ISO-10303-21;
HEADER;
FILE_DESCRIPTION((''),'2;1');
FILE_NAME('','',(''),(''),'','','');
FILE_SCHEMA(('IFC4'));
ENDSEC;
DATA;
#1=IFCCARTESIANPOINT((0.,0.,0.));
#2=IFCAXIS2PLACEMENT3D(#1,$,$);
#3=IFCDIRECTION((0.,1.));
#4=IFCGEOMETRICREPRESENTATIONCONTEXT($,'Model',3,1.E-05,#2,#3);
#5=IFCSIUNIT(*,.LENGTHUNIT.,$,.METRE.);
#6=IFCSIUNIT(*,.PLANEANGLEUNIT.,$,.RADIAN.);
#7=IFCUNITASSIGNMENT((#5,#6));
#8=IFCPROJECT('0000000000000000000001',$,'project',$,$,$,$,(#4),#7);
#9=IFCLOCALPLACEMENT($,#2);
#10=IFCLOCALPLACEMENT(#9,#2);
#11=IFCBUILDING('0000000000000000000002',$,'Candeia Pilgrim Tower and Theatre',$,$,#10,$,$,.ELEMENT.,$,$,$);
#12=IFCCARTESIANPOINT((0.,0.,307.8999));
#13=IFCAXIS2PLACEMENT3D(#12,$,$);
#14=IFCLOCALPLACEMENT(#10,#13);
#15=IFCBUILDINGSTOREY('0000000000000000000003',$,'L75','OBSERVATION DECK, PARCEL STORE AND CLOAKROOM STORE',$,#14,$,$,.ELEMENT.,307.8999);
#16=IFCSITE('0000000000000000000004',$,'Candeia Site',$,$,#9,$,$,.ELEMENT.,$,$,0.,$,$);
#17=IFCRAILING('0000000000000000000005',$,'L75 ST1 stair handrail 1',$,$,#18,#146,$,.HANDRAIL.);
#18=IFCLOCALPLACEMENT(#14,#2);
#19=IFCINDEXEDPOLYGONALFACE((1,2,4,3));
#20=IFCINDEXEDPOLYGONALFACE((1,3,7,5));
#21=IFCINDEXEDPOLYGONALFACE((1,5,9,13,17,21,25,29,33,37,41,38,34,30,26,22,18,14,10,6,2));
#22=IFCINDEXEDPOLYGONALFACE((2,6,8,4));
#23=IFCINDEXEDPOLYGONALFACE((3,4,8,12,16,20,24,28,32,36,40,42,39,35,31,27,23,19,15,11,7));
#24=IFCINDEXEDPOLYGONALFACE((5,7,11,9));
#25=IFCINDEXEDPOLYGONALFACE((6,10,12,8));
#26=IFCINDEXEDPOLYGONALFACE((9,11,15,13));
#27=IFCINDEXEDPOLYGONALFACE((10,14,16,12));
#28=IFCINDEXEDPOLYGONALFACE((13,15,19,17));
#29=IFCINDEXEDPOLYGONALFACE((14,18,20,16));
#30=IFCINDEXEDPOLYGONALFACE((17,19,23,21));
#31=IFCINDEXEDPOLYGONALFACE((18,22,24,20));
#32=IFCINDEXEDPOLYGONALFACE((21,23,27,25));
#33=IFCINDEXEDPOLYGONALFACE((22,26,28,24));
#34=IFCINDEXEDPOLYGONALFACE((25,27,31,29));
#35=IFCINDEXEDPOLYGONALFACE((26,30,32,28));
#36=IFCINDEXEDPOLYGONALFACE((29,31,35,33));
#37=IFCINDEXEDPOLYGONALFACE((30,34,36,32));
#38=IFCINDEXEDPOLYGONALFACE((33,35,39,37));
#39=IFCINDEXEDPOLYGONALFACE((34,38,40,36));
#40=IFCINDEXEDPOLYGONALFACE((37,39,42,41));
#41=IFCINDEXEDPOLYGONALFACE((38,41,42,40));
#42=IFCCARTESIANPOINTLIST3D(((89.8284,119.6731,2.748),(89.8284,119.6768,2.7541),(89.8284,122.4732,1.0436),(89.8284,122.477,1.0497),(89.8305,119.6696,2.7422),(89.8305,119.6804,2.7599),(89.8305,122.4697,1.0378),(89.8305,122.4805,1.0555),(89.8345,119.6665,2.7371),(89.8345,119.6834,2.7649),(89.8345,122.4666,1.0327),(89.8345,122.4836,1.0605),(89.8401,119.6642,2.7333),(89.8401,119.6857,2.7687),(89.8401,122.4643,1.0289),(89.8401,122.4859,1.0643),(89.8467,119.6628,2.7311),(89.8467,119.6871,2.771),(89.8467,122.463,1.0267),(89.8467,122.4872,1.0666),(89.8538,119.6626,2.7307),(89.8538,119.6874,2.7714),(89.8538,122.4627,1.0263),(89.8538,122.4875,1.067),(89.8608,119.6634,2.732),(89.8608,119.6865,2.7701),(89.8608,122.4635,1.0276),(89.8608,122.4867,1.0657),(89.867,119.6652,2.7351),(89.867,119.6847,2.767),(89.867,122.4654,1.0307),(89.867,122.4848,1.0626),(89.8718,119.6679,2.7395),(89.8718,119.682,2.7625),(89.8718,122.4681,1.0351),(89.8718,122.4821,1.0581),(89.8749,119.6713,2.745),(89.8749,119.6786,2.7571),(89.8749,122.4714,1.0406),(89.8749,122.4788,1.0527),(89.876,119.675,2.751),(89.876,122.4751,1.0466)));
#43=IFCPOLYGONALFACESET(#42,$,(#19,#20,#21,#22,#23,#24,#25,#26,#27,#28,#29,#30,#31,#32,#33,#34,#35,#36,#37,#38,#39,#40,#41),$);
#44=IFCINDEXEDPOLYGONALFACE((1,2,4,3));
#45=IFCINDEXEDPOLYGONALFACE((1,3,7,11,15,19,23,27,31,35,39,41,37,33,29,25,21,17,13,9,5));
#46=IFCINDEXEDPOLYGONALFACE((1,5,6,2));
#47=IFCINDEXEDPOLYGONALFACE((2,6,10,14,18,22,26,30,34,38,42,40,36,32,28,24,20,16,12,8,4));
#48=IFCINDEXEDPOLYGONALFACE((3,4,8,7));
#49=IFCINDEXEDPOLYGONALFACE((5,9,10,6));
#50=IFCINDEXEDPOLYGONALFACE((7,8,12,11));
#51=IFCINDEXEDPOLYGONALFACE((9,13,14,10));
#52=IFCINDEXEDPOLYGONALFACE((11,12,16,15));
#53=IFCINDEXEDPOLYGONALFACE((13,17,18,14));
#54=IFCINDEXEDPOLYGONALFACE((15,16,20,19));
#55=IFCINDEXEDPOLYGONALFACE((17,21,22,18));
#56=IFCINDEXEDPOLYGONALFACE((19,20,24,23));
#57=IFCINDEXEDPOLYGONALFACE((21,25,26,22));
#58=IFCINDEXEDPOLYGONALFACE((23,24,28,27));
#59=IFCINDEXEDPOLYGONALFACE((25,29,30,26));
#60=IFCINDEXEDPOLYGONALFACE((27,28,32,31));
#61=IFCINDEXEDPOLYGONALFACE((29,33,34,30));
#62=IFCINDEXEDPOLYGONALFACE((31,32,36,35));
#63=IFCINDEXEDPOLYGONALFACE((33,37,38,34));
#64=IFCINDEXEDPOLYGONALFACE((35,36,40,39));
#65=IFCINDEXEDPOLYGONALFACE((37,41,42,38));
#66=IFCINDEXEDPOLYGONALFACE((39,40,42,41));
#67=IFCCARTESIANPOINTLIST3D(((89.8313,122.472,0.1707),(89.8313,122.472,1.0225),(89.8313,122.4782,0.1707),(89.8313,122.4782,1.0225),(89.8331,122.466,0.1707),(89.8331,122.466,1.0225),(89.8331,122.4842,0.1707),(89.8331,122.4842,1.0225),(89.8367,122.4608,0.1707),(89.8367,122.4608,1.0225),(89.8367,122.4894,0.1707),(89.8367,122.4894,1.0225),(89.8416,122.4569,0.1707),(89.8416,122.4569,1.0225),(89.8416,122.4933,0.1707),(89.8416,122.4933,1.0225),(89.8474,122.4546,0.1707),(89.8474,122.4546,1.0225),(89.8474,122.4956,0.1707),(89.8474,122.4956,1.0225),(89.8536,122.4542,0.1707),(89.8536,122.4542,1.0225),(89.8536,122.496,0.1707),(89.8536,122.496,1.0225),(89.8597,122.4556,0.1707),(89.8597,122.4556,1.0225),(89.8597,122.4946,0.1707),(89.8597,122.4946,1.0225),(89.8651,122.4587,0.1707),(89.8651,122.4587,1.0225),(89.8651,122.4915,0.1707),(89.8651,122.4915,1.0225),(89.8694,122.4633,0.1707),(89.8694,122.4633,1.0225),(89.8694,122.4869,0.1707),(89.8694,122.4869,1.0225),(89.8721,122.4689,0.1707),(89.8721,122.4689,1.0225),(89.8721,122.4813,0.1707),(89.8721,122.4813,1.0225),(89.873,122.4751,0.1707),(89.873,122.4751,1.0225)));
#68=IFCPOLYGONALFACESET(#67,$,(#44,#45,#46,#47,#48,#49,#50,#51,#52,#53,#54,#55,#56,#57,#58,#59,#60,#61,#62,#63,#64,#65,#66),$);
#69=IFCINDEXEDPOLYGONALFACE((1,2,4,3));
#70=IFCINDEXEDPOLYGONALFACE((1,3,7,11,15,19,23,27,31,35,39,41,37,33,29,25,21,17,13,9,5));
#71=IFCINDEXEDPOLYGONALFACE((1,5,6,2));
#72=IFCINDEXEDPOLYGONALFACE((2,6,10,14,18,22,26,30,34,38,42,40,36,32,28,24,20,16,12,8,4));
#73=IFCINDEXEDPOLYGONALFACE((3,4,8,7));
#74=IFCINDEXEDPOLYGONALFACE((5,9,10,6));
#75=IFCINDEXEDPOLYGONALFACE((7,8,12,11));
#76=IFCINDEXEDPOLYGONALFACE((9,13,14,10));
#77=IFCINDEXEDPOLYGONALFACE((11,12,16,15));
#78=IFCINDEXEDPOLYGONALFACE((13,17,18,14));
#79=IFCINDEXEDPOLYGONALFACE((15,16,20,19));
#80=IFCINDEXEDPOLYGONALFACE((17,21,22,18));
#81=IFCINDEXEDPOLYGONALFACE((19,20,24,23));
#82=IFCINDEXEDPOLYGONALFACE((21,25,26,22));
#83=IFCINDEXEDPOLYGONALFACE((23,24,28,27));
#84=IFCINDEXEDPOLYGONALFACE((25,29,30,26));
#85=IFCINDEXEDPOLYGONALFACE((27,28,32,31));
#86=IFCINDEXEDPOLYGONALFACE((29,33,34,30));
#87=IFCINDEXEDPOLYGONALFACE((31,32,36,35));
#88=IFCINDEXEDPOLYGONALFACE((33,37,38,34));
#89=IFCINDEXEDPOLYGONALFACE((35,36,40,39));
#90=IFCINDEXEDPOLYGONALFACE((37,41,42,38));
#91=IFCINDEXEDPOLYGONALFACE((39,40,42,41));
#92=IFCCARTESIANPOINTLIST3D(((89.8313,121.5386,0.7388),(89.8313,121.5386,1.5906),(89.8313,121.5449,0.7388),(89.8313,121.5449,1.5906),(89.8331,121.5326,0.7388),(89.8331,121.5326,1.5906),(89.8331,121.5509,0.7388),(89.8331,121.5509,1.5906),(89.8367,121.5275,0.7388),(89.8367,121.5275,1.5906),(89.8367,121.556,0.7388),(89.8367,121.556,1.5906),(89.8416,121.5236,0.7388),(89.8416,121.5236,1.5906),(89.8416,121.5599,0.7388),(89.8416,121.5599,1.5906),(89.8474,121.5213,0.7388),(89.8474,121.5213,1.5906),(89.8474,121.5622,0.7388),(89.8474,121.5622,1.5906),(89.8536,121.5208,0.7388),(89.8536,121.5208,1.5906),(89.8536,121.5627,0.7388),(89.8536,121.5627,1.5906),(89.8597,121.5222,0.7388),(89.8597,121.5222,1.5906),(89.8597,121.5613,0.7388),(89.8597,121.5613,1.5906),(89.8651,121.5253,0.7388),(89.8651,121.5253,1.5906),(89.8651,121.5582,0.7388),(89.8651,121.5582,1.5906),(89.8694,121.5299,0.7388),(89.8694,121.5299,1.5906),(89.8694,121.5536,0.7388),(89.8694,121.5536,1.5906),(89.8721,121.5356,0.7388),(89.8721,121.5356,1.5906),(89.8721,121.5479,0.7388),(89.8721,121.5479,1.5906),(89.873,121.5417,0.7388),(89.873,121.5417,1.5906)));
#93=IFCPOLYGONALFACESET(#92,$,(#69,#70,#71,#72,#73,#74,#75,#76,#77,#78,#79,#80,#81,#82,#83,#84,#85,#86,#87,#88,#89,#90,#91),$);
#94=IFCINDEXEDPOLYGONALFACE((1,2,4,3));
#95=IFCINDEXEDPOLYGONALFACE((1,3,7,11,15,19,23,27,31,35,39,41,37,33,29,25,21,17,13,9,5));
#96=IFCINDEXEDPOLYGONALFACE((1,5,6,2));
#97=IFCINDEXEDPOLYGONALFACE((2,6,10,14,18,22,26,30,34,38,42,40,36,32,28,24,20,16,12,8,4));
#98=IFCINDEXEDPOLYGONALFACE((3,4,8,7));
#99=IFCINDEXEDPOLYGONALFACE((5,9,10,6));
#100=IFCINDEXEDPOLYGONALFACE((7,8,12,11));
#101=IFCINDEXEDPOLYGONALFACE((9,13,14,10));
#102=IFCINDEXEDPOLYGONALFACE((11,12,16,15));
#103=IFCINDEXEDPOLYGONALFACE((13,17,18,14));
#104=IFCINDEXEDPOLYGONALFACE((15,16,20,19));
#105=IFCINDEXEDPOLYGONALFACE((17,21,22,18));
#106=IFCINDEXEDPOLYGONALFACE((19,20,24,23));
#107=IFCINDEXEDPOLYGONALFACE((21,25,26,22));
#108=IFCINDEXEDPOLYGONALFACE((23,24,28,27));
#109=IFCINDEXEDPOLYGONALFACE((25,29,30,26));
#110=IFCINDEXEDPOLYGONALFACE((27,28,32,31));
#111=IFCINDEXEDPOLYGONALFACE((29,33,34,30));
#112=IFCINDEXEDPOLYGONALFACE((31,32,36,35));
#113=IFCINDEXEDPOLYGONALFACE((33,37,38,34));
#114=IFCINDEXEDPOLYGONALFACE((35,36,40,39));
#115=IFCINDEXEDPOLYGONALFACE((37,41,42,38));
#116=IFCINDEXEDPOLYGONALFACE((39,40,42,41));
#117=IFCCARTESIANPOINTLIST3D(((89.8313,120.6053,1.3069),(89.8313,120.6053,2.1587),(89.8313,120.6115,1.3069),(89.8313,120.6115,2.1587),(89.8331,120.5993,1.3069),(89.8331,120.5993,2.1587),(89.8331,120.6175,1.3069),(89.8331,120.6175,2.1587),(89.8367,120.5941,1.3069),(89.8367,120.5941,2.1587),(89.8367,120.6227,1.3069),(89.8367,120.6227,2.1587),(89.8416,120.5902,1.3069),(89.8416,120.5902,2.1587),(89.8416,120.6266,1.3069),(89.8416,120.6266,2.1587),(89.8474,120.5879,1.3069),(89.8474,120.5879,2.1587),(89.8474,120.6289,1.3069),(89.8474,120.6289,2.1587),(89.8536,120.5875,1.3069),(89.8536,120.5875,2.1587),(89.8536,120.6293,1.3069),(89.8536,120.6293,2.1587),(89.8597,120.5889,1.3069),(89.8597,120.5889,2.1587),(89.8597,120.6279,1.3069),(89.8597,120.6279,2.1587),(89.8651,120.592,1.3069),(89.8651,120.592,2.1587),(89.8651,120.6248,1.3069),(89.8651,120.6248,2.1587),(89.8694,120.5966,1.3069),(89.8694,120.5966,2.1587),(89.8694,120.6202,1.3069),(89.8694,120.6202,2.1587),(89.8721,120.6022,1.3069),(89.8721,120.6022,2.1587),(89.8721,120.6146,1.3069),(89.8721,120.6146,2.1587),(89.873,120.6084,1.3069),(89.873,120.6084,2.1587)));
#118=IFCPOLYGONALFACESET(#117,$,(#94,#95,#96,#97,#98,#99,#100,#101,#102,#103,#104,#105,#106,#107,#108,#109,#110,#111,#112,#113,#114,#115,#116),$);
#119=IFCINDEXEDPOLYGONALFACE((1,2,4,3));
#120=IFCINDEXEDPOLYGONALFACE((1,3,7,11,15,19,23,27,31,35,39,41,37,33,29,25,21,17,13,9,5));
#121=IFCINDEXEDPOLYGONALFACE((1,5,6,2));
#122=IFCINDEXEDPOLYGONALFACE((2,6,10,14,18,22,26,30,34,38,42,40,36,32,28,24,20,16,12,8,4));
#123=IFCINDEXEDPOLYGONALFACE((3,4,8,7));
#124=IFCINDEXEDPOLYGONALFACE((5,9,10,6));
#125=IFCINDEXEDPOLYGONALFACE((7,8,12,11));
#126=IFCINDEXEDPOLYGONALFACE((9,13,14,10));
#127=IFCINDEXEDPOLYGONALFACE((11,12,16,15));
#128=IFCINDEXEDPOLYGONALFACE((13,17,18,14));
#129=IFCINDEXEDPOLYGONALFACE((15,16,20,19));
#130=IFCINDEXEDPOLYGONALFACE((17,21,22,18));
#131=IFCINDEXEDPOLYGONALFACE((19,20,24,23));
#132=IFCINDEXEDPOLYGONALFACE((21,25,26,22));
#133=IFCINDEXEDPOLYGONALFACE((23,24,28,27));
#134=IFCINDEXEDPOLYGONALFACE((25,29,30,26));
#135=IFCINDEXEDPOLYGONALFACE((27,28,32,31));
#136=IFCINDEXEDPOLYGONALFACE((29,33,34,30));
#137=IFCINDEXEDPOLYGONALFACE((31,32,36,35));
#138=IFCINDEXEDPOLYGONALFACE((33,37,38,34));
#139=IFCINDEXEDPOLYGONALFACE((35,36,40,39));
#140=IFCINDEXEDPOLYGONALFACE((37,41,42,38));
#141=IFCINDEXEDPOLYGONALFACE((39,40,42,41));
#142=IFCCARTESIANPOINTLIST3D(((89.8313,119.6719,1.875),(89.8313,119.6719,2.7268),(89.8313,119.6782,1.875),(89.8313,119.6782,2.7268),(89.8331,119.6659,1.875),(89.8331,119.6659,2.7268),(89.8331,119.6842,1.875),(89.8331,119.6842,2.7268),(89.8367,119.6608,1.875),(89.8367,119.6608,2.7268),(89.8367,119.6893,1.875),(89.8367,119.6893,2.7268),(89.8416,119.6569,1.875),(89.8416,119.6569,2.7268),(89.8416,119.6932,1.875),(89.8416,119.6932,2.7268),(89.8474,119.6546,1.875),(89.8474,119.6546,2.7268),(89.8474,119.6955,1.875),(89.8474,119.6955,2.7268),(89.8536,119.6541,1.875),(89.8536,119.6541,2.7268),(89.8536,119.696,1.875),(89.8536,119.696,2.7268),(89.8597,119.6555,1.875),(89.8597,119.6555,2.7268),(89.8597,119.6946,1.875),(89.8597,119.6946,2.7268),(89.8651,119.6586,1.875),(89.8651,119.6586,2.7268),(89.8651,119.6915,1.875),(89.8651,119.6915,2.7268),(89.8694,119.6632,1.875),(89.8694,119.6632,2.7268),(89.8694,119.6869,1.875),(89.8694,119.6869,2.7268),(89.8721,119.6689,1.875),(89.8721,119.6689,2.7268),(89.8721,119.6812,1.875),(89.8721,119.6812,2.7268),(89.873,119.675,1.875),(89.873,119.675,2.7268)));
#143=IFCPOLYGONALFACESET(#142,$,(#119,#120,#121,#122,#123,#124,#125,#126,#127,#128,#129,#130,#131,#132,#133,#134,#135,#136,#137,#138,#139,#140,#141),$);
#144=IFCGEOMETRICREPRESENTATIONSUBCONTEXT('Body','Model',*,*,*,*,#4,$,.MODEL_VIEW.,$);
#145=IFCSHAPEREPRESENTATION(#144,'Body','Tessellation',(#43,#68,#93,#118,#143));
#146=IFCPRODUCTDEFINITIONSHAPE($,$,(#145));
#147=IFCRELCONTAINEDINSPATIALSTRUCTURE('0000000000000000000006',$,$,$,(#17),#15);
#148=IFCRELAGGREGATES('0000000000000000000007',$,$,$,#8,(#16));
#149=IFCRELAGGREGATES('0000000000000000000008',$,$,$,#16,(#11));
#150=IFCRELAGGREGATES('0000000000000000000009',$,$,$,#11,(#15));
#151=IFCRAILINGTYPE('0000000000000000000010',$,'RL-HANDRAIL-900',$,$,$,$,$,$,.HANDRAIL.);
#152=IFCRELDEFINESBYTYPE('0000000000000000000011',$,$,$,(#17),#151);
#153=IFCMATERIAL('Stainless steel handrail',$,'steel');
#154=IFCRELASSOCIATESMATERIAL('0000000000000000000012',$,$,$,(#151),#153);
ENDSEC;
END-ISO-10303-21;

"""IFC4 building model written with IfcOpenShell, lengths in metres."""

from ifc_helpers import new_model, si_unit, direction, frame, origin, origin_2d, place, context, subcontext, project, spatial, circle, extrude, material, type_object, element, save


model = new_model("IFC4")

# Units and contexts
model_context = context("Model", 3, precision=1e-05, world=origin(), true_north=direction((0.0, 1.0)))
body_context = subcontext(model_context, "Body", "Model", "MODEL_VIEW")
ifc_project = project(units=[si_unit("LENGTHUNIT", "METRE"), si_unit("PLANEANGLEUNIT", "RADIAN")], contexts=[model_context])

# Site, building, storey
site_placement = place(None, origin())
site = spatial("IfcSite", under=ifc_project, at=site_placement, Name="Candeia Site", CompositionType="ELEMENT", RefElevation=0.0)
building_placement = place(site_placement, origin())
building = spatial("IfcBuilding", under=site, at=building_placement, Name="Candeia Pilgrim Tower and Theatre", CompositionType="ELEMENT")
storey_placement = place(building_placement, frame((0.0, 0.0, 307.8999)))
storey = spatial("IfcBuildingStorey", under=building, at=storey_placement, Name="L75", Description="OBSERVATION DECK, PARCEL STORE AND CLOAKROOM STORE", CompositionType="ELEMENT", Elevation=307.8999)

# Railing
ifc_material_1 = material(Name="Stainless steel handrail", Category="steel")
railing_type_1 = type_object("IfcRailingType", Name="RL-HANDRAIL-900", PredefinedType="HANDRAIL", material=ifc_material_1)
for number, where, name in (
    (1, (89.8521, 122.4751, 0.1707), "L75 ST1 stair handrail 1"),
):
    element("IfcRailing", number, at=place(storey_placement, frame(where)), inside=storey, type_object=railing_type_1, Name=name, PredefinedType="HANDRAIL", context=body_context, shape_type="SweptSolid", body=[
        extrude(circle(Radius=0.0239, at=origin_2d()), frame((0.0, 0.0, 0.876), z_axis=(0.0, -0.854203, 0.51994), x_axis=(1.0, 0.0, 0.0)), (0.0, 0.0, 1.0), 3.2781),
        extrude(circle(Radius=0.021, at=origin_2d()), origin(), (0.0, 0.0, 1.0), 0.8518),
        extrude(circle(Radius=0.021, at=origin_2d()), frame((0.0, -0.9333, 0.5681)), (0.0, 0.0, 1.0), 0.8518),
        extrude(circle(Radius=0.021, at=origin_2d()), frame((0.0, -1.8667, 1.1362)), (0.0, 0.0, 1.0), 0.8518),
        extrude(circle(Radius=0.021, at=origin_2d()), frame((0.0, -2.8, 1.7043)), (0.0, 0.0, 1.0), 0.8518),
    ])

save(model, "model.ifc")
